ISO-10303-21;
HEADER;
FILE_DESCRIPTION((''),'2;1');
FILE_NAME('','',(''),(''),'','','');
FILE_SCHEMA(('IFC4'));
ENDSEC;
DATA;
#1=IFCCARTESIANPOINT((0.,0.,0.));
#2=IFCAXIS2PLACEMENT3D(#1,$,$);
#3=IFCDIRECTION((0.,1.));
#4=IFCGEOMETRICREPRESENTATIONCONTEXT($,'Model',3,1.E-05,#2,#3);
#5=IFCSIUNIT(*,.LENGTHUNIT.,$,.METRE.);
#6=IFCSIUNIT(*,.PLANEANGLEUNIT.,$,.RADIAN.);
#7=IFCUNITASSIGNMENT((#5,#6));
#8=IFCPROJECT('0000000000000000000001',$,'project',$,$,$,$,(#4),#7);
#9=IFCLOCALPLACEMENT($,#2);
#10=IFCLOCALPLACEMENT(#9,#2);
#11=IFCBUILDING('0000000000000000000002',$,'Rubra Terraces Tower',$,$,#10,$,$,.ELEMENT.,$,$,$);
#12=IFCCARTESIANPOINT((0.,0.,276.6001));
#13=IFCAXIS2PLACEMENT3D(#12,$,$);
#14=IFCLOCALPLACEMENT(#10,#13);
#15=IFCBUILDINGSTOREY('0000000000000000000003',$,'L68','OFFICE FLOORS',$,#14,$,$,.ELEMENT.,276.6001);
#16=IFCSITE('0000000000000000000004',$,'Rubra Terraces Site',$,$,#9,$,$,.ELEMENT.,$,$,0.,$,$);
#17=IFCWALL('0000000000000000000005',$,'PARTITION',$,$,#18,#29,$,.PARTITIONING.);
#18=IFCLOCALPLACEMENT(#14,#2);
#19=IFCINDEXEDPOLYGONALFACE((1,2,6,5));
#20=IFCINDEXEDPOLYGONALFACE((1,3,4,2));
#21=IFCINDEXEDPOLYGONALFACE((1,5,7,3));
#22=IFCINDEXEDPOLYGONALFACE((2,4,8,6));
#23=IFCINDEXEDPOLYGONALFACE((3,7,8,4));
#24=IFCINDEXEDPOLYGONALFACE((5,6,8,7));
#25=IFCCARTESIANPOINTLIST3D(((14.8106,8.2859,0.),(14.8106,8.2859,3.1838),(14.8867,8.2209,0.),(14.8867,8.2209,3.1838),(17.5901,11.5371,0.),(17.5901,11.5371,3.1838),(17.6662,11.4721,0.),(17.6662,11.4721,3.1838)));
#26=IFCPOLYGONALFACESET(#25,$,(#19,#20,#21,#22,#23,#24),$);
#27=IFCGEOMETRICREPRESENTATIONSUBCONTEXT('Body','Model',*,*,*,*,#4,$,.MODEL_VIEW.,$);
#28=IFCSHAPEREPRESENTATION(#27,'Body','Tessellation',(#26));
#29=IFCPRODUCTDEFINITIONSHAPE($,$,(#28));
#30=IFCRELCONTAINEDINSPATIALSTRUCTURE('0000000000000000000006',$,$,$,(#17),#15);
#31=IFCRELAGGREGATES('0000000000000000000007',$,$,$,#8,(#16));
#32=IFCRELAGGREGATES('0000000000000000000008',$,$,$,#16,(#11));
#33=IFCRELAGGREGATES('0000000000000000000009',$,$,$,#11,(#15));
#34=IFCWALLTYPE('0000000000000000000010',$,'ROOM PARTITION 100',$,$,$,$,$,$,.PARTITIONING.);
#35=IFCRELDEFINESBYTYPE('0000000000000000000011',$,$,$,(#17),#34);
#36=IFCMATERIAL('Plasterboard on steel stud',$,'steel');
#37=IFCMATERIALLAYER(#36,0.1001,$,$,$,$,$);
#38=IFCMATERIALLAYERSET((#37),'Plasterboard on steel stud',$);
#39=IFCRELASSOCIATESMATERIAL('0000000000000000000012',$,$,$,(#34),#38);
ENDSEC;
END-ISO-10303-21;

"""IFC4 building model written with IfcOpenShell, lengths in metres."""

from ifc_helpers import new_model, si_unit, direction, frame, frame_2d, origin, place, context, subcontext, project, spatial, rectangle, extrude, material, layer, layer_set, type_object, element, save


model = new_model("IFC4")

# Units and contexts
model_context = context("Model", 3, precision=1e-05, world=origin(), true_north=direction((0.0, 1.0)))
body_context = subcontext(model_context, "Body", "Model", "MODEL_VIEW")
ifc_project = project(units=[si_unit("LENGTHUNIT", "METRE"), si_unit("PLANEANGLEUNIT", "RADIAN")], contexts=[model_context])

# Site, building, storey
site_placement = place(None, origin())
site = spatial("IfcSite", under=ifc_project, at=site_placement, Name="Rubra Terraces Site", CompositionType="ELEMENT", RefElevation=0.0)
building_placement = place(site_placement, origin())
building = spatial("IfcBuilding", under=site, at=building_placement, Name="Rubra Terraces Tower", CompositionType="ELEMENT")
storey_placement = place(building_placement, frame((0.0, 0.0, 276.6001)))
storey = spatial("IfcBuildingStorey", under=building, at=storey_placement, Name="L68", Description="OFFICE FLOORS", CompositionType="ELEMENT", Elevation=276.6001)

# Wall
ifc_material_1 = material(Name="Plasterboard on steel stud", Category="steel")
ifc_layer_1 = layer(ifc_material_1, 0.1001)
ifc_layer_set_1 = layer_set([ifc_layer_1], Name="Plasterboard on steel stud")
wall_type_1 = type_object("IfcWallType", Name="ROOM PARTITION 100", PredefinedType="PARTITIONING", material=ifc_layer_set_1)
wall_1_placement = place(storey_placement, frame((14.8486, 8.2534, 0.0), z_axis=(0.0, 0.0, 1.0), x_axis=(0.649818, 0.76009, 0.0)))
element("IfcWall", 1, at=wall_1_placement, inside=storey, type_object=wall_type_1, Name="PARTITION", PredefinedType="PARTITIONING", context=body_context, shape_type="SweptSolid", body=[
    extrude(rectangle(XDim=4.2773, YDim=0.1001, at=frame_2d((2.1387, 0.0))), origin(), (0.0, 0.0, 1.0), 3.1838),
])

save(model, "model.ifc")
